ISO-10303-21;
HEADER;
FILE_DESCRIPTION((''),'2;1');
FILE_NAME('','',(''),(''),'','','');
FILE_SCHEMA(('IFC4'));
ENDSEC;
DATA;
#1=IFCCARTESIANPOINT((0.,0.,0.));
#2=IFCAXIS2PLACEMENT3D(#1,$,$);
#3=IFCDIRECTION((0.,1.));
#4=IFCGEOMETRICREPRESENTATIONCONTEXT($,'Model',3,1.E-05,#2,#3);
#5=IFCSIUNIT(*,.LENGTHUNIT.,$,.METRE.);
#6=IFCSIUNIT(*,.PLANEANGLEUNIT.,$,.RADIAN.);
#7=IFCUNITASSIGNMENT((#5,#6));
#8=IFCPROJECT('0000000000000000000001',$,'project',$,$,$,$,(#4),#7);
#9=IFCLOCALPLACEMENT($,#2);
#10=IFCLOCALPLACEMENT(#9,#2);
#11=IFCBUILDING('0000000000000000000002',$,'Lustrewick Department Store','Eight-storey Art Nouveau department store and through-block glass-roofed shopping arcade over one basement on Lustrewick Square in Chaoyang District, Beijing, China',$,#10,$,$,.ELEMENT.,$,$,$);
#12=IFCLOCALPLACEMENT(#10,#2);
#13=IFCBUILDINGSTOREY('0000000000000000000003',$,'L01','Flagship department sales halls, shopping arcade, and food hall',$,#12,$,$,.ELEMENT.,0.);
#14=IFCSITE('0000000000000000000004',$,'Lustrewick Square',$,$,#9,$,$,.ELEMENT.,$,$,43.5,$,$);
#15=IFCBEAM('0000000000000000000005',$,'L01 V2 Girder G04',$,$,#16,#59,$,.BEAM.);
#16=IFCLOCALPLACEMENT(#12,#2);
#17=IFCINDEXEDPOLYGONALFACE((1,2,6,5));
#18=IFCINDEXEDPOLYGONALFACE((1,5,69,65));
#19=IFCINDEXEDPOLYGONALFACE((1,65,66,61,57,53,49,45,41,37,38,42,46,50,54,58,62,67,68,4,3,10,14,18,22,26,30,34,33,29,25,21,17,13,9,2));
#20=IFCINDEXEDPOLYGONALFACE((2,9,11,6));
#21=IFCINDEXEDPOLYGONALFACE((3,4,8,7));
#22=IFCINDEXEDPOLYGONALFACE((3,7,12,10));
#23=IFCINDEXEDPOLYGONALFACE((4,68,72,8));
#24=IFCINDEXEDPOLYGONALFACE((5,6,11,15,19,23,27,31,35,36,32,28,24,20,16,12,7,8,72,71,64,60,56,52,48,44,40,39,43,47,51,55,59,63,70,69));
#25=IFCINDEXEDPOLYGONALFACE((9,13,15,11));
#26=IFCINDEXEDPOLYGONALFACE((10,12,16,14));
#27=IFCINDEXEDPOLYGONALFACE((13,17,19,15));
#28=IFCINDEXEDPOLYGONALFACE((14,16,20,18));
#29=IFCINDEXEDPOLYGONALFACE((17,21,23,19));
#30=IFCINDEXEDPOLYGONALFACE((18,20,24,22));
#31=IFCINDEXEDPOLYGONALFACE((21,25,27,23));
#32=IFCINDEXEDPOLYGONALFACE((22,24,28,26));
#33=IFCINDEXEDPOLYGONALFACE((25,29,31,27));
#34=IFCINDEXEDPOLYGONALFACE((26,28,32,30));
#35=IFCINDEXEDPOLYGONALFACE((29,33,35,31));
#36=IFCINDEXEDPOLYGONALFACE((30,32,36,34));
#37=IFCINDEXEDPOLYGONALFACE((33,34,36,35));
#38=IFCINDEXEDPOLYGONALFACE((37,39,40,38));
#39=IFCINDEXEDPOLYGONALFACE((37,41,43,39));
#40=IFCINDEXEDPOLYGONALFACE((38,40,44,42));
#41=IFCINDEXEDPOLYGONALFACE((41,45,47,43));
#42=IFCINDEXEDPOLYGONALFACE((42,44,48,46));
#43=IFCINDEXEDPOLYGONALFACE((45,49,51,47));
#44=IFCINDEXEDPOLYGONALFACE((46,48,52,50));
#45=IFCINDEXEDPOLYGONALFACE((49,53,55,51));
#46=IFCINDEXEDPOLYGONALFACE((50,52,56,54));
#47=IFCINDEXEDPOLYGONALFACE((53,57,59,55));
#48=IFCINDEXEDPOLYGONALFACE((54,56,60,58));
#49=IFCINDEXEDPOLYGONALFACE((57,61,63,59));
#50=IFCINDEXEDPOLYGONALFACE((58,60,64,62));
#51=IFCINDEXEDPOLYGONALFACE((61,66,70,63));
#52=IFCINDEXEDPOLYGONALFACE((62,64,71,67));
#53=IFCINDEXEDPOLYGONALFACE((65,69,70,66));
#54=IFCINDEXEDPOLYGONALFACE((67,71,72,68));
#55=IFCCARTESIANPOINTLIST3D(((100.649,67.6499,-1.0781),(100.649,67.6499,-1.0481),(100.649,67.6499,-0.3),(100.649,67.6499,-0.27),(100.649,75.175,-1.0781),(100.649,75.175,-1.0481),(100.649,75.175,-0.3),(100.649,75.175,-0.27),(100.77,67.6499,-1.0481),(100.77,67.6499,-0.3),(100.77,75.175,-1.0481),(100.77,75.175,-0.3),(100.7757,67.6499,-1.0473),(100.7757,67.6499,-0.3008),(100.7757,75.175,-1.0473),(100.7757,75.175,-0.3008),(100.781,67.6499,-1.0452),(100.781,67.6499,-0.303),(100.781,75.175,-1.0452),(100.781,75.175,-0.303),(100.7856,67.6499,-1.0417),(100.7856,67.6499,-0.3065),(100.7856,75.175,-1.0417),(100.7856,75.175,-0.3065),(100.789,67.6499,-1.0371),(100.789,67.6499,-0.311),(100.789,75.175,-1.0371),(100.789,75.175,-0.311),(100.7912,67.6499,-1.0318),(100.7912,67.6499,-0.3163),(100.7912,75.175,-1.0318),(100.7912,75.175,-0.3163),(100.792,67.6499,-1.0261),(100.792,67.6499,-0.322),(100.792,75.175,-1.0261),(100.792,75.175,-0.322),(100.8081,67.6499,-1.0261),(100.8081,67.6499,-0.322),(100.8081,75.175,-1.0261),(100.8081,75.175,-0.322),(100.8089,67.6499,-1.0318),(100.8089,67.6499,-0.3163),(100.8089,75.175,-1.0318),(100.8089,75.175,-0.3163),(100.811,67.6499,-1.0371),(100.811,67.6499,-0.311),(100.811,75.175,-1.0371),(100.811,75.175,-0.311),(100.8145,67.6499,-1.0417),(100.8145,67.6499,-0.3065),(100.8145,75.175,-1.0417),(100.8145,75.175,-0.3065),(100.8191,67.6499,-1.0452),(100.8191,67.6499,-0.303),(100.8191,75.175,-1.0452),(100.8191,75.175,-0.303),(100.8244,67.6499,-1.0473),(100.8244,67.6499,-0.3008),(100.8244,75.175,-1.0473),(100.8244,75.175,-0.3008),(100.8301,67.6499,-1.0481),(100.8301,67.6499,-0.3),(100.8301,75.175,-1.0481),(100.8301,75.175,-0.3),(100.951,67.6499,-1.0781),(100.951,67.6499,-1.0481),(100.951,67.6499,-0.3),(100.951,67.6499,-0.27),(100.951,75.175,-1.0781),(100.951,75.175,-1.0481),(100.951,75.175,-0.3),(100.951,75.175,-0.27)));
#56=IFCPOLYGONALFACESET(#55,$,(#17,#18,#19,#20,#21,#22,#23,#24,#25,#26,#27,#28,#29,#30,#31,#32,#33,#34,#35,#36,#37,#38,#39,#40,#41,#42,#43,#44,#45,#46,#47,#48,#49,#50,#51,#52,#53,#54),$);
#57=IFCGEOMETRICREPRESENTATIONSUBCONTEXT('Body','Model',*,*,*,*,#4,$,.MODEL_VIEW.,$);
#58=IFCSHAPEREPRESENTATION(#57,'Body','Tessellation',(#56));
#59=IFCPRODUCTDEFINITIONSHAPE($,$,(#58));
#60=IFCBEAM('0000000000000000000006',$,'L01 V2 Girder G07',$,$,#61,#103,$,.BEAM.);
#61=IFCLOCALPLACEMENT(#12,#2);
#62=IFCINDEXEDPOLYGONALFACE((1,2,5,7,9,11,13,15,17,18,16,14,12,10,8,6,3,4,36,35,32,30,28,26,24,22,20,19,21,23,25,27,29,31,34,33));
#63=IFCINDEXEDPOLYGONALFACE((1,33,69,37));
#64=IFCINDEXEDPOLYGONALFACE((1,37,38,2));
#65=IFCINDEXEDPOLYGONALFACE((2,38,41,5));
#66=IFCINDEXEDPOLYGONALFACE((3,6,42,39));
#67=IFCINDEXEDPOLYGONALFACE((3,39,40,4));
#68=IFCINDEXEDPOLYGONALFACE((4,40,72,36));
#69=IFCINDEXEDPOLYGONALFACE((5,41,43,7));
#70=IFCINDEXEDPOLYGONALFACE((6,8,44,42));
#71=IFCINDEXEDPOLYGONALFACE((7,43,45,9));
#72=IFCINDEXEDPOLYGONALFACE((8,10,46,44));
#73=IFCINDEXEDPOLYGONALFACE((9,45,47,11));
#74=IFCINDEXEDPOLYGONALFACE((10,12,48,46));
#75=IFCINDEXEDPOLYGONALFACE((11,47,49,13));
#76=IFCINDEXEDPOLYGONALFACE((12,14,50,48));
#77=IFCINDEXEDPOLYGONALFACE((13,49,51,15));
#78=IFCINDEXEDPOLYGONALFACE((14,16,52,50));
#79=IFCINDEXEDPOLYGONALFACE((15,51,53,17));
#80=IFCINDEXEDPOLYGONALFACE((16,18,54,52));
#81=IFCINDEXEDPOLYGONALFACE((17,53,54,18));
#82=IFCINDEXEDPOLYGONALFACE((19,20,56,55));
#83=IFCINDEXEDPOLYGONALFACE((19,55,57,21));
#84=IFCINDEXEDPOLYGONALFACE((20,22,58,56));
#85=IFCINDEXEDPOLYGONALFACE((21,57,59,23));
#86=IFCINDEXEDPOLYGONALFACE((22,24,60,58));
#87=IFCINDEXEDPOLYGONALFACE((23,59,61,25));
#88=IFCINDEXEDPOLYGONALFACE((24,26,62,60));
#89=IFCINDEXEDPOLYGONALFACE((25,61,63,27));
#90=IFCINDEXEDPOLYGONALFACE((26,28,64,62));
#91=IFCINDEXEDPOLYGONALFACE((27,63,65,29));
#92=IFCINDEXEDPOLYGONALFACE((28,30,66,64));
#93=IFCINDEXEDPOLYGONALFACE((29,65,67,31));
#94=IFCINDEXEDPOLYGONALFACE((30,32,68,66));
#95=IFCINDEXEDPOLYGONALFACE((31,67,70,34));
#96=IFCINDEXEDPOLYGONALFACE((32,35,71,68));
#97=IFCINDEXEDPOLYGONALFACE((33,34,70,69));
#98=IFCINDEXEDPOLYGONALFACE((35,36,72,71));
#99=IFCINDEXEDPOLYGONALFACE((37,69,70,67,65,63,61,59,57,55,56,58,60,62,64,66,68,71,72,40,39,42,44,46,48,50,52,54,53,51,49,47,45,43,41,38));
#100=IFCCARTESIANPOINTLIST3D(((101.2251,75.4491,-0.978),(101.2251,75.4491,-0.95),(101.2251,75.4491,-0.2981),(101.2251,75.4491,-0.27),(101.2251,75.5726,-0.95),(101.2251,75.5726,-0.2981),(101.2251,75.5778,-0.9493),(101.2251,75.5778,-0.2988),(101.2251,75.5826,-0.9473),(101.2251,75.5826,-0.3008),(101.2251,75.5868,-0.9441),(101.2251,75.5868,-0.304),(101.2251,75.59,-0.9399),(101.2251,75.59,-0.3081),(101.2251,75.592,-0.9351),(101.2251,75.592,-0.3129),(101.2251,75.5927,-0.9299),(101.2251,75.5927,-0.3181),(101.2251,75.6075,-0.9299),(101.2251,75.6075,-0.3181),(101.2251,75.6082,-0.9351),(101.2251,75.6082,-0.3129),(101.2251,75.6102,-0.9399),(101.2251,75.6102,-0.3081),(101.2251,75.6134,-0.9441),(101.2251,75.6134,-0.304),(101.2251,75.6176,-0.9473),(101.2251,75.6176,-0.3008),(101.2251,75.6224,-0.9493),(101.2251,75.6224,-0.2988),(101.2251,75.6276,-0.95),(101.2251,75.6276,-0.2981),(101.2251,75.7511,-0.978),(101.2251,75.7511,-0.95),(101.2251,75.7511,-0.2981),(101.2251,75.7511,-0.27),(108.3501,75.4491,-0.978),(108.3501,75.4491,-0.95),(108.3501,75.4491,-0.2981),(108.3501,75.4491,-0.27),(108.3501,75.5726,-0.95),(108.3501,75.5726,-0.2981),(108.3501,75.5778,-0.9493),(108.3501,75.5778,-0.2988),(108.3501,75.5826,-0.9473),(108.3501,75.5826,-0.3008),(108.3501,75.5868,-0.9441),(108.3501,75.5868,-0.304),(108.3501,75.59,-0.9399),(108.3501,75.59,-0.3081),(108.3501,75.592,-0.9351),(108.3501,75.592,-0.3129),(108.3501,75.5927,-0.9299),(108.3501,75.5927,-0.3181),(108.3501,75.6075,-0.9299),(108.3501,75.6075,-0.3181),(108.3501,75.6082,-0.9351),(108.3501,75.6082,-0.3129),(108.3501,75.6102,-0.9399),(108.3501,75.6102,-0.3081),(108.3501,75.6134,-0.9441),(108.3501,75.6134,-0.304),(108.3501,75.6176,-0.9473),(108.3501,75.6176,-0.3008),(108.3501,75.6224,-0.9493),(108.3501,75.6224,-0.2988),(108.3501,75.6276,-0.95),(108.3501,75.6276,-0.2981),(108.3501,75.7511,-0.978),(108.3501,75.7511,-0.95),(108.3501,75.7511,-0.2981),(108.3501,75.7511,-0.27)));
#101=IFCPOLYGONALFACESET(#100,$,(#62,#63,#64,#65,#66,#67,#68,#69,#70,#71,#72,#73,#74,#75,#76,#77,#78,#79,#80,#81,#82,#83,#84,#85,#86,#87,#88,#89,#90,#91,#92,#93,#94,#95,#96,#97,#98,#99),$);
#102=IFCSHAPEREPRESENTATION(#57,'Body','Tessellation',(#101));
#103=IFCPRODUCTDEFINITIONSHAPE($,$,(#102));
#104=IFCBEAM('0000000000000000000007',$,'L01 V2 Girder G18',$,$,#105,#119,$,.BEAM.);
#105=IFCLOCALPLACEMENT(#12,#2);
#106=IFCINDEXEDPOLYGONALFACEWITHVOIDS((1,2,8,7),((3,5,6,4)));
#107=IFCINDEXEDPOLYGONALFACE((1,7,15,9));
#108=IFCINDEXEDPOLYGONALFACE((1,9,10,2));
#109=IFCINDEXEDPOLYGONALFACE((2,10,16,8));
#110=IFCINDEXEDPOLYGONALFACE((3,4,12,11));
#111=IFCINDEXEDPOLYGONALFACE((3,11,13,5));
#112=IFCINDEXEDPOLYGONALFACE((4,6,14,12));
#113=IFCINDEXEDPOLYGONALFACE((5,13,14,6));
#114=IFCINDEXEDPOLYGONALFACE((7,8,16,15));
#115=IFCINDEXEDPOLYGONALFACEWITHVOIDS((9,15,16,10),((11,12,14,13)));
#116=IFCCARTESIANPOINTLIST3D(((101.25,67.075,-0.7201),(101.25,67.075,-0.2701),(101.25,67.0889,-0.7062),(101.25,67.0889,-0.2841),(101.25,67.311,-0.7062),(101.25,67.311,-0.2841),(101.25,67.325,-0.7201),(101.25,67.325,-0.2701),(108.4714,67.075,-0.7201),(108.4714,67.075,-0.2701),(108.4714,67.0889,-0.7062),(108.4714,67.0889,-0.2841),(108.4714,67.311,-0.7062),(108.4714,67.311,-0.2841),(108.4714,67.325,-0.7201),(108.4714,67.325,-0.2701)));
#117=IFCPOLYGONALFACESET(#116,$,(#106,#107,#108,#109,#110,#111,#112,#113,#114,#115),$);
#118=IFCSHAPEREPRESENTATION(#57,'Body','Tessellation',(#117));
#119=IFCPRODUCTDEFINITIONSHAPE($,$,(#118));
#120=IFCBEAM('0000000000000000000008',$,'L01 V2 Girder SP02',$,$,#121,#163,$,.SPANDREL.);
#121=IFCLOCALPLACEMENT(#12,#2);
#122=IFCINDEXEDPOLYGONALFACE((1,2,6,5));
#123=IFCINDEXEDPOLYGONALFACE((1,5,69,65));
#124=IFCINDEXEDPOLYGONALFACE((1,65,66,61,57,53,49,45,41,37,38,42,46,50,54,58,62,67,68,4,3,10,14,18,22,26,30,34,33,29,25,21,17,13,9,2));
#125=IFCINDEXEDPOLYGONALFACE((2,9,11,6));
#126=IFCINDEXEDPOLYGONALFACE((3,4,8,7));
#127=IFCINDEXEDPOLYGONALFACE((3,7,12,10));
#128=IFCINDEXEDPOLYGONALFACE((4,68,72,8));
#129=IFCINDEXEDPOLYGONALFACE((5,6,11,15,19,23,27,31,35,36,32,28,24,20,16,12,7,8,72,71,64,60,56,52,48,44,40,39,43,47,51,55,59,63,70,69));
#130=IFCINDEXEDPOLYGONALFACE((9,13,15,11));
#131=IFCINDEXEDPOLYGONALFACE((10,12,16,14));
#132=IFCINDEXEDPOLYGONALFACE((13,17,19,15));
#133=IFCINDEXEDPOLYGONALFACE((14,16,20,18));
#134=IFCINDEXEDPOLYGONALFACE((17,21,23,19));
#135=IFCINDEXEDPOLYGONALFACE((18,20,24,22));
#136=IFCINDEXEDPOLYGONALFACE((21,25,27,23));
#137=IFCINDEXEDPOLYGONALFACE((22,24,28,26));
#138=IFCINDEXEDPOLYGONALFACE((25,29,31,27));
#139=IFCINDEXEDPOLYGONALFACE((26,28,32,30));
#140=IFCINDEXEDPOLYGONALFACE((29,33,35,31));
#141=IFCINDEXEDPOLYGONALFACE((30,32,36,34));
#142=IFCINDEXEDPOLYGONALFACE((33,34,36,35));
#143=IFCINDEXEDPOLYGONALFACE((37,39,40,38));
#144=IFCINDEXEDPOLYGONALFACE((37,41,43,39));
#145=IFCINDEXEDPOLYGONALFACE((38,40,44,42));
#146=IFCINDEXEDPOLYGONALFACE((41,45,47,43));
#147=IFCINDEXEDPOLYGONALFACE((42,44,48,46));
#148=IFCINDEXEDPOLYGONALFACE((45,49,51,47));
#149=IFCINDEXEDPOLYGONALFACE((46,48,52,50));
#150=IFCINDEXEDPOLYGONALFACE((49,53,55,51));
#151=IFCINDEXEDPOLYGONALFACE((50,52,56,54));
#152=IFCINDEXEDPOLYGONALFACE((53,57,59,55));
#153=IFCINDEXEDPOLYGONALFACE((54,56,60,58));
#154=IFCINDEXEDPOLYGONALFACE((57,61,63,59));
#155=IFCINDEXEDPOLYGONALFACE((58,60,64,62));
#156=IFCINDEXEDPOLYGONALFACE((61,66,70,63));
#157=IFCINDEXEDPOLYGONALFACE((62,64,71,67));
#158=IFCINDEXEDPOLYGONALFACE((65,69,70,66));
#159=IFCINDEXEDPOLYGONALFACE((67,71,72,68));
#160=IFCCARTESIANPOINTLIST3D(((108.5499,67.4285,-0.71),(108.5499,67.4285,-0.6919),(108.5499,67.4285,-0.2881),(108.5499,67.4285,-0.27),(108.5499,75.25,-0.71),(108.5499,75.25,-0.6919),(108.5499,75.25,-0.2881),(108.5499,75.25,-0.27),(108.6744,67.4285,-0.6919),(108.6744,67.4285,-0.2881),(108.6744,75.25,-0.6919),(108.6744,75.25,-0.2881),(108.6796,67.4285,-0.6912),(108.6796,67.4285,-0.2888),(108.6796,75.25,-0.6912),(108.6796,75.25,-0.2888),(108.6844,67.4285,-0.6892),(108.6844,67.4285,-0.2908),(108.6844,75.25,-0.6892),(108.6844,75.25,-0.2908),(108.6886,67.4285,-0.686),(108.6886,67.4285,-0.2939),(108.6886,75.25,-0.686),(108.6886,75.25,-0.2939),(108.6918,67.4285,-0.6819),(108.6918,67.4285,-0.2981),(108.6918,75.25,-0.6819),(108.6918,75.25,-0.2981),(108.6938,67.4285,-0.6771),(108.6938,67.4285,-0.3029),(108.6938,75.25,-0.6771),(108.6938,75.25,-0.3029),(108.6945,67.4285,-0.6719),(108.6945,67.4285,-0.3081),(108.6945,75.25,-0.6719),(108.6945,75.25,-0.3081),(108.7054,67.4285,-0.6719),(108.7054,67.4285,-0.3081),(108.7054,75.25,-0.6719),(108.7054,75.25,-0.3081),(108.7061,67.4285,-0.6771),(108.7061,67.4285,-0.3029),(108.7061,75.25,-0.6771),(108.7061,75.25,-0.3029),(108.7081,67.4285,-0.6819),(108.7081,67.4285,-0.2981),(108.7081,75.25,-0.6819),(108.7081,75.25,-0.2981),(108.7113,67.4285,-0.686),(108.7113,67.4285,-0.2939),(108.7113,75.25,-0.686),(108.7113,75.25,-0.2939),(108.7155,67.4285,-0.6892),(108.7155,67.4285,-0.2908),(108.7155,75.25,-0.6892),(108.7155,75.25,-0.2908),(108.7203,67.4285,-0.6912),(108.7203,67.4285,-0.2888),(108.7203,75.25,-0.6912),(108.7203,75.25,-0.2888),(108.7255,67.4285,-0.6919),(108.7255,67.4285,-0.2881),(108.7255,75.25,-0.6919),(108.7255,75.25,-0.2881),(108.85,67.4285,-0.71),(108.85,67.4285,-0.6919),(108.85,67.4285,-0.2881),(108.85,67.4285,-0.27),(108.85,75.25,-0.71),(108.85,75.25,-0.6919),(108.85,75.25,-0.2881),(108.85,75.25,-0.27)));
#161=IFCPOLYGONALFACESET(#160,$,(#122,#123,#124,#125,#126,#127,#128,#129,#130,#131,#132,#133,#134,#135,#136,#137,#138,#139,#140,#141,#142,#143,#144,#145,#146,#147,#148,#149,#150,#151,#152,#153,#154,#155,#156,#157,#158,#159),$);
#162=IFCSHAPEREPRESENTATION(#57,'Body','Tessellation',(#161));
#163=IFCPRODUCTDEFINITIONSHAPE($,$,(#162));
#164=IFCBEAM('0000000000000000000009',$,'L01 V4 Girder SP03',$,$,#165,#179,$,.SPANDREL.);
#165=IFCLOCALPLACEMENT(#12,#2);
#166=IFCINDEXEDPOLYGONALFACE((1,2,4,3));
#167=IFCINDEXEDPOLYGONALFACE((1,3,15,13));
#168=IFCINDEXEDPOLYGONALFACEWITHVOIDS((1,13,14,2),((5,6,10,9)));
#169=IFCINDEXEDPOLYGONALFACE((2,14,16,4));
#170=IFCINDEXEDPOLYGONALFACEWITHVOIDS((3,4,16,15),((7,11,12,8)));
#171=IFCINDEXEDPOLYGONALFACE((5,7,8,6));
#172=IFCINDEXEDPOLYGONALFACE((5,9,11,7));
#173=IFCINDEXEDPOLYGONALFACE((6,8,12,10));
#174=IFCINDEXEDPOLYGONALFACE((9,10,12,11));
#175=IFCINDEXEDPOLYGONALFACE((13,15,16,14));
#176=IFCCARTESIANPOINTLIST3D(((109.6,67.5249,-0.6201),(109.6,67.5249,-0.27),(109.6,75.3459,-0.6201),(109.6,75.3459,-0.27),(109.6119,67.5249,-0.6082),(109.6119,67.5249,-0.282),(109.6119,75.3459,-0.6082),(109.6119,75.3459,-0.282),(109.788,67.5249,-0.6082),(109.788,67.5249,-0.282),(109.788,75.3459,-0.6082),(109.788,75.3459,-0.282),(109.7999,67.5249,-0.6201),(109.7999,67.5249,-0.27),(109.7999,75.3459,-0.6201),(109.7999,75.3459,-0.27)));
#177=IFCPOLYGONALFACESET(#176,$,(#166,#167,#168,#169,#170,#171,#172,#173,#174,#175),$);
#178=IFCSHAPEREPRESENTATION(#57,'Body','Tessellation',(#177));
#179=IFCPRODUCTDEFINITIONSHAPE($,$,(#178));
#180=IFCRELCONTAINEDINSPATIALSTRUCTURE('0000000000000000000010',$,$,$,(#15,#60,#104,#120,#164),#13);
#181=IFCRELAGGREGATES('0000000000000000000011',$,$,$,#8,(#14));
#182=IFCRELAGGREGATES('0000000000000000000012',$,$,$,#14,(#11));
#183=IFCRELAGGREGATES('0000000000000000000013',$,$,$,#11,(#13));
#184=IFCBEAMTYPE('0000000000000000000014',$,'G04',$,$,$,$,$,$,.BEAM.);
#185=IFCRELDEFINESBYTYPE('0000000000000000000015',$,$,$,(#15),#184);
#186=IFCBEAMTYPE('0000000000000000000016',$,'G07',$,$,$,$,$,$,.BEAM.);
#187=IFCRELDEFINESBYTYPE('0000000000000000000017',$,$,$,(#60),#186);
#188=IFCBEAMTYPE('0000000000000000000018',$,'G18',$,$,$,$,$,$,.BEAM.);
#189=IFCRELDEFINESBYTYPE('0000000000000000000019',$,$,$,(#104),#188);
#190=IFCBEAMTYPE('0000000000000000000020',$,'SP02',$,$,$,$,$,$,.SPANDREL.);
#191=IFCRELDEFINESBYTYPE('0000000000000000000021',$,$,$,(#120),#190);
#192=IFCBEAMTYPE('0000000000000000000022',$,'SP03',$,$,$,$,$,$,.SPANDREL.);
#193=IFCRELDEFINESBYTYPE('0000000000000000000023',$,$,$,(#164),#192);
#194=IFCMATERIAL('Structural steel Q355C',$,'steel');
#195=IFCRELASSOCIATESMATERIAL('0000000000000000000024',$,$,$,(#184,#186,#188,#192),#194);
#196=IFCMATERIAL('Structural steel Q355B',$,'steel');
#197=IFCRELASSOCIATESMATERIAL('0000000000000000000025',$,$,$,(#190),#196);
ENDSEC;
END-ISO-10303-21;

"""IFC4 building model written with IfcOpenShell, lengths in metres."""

from ifc_helpers import new_model, si_unit, direction, frame, origin, origin_2d, place, context, subcontext, project, spatial, hollow_rectangle, i_section, extrude, material, material_profile, profile_set, type_object, element, save


model = new_model("IFC4")

# Units and contexts
model_context = context("Model", 3, precision=1e-05, world=origin(), true_north=direction((0.0, 1.0)))
body_context = subcontext(model_context, "Body", "Model", "MODEL_VIEW")
ifc_project = project(units=[si_unit("LENGTHUNIT", "METRE"), si_unit("PLANEANGLEUNIT", "RADIAN")], contexts=[model_context])

# Site, building, storey
site_placement = place(None, origin())
site = spatial("IfcSite", under=ifc_project, at=site_placement, Name="Lustrewick Square", CompositionType="ELEMENT", RefElevation=43.5)
building_placement = place(site_placement, origin())
building = spatial("IfcBuilding", under=site, at=building_placement, Name="Lustrewick Department Store", Description="Eight-storey Art Nouveau department store and through-block glass-roofed shopping arcade over one basement on Lustrewick Square in Chaoyang District, Beijing, China", CompositionType="ELEMENT")
storey_placement = place(building_placement, origin())
storey = spatial("IfcBuildingStorey", under=building, at=storey_placement, Name="L01", Description="Flagship department sales halls, shopping arcade, and food hall", CompositionType="ELEMENT", Elevation=0.0)

# Shared definitions
ifc_material_1 = material(Name="Structural steel Q355B", Category="steel")
ifc_material_2 = material(Name="Structural steel Q355C", Category="steel")

# Beams
ifc_material_profile_1 = material_profile(ifc_material_2, i_section(OverallWidth=0.302, OverallDepth=0.8081, WebThickness=0.0161, FlangeThickness=0.03, FilletRadius=0.022, at=origin_2d()), Name="HN 808x302x16x30")
ifc_profile_set_1 = profile_set([ifc_material_profile_1], Name="Structural steel Q355C")
beam_type_1 = type_object("IfcBeamType", Name="G04", PredefinedType="BEAM", material=ifc_profile_set_1)
beam_1_placement = place(storey_placement, frame((100.8, 67.6499, -0.6741), z_axis=(0.0, 1.0, 0.0), x_axis=(-1.0, 0.0, 0.0)))
element("IfcBeam", 1, at=beam_1_placement, inside=storey, type_object=beam_type_1, Name="L01 V2 Girder G04", PredefinedType="BEAM", context=body_context, shape_type="SweptSolid", body=[
    extrude(i_section(OverallWidth=0.302, OverallDepth=0.8081, WebThickness=0.0161, FlangeThickness=0.03, FilletRadius=0.022, at=origin_2d()), origin(), (0.0, 0.0, 1.0), 7.5251),
])
ifc_material_profile_2 = material_profile(ifc_material_2, i_section(OverallWidth=0.302, OverallDepth=0.708, WebThickness=0.0149, FlangeThickness=0.0281, FilletRadius=0.02, at=origin_2d()), Name="HN 708x302x15x28")
ifc_profile_set_2 = profile_set([ifc_material_profile_2], Name="Structural steel Q355C")
beam_type_2 = type_object("IfcBeamType", Name="G07", PredefinedType="BEAM", material=ifc_profile_set_2)
beam_2_placement = place(storey_placement, frame((101.2251, 75.6001, -0.624), z_axis=(1.0, 0.0, 0.0), x_axis=(0.0, 1.0, 0.0)))
element("IfcBeam", 2, at=beam_2_placement, inside=storey, type_object=beam_type_2, Name="L01 V2 Girder G07", PredefinedType="BEAM", context=body_context, shape_type="SweptSolid", body=[
    extrude(i_section(OverallWidth=0.302, OverallDepth=0.708, WebThickness=0.0149, FlangeThickness=0.0281, FilletRadius=0.02, at=origin_2d()), origin(), (0.0, 0.0, 1.0), 7.125),
])
ifc_material_profile_3 = material_profile(ifc_material_2, hollow_rectangle(XDim=0.25, YDim=0.45, WallThickness=0.0139, at=origin_2d()), Name="RHS 450x250x14")
ifc_profile_set_3 = profile_set([ifc_material_profile_3], Name="Structural steel Q355C")
beam_type_3 = type_object("IfcBeamType", Name="G18", PredefinedType="BEAM", material=ifc_profile_set_3)
beam_3_placement = place(storey_placement, frame((101.25, 67.2, -0.4951), z_axis=(1.0, 0.0, 0.0), x_axis=(0.0, 1.0, 0.0)))
element("IfcBeam", 3, at=beam_3_placement, inside=storey, type_object=beam_type_3, Name="L01 V2 Girder G18", PredefinedType="BEAM", context=body_context, shape_type="SweptSolid", body=[
    extrude(hollow_rectangle(XDim=0.25, YDim=0.45, WallThickness=0.0139, at=origin_2d()), origin(), (0.0, 0.0, 1.0), 7.2214),
])
ifc_material_profile_4 = material_profile(ifc_material_1, i_section(OverallWidth=0.3, OverallDepth=0.4399, WebThickness=0.011, FlangeThickness=0.0181, FilletRadius=0.02, at=origin_2d()), Name="HM 440x300x11x18")
ifc_profile_set_4 = profile_set([ifc_material_profile_4], Name="Structural steel Q355B")
beam_type_4 = type_object("IfcBeamType", Name="SP02", PredefinedType="SPANDREL", material=ifc_profile_set_4)
beam_4_placement = place(storey_placement, frame((108.7, 67.4285, -0.49), z_axis=(0.0, 1.0, 0.0), x_axis=(-1.0, 0.0, 0.0)))
element("IfcBeam", 4, at=beam_4_placement, inside=storey, type_object=beam_type_4, Name="L01 V2 Girder SP02", PredefinedType="SPANDREL", context=body_context, shape_type="SweptSolid", body=[
    extrude(i_section(OverallWidth=0.3, OverallDepth=0.4399, WebThickness=0.011, FlangeThickness=0.0181, FilletRadius=0.02, at=origin_2d()), origin(), (0.0, 0.0, 1.0), 7.8215),
])
ifc_material_profile_5 = material_profile(ifc_material_2, hollow_rectangle(XDim=0.2, YDim=0.3501, WallThickness=0.012, at=origin_2d()), Name="RHS 350x200x12")
ifc_profile_set_5 = profile_set([ifc_material_profile_5], Name="Structural steel Q355C")
beam_type_5 = type_object("IfcBeamType", Name="SP03", PredefinedType="SPANDREL", material=ifc_profile_set_5)
beam_5_placement = place(storey_placement, frame((109.7, 67.5249, -0.4451), z_axis=(0.0, 1.0, 0.0), x_axis=(-1.0, 0.0, 0.0)))
element("IfcBeam", 5, at=beam_5_placement, inside=storey, type_object=beam_type_5, Name="L01 V4 Girder SP03", PredefinedType="SPANDREL", context=body_context, shape_type="SweptSolid", body=[
    extrude(hollow_rectangle(XDim=0.2, YDim=0.3501, WallThickness=0.012, at=origin_2d()), origin(), (0.0, 0.0, 1.0), 7.821),
])

save(model, "model.ifc")
